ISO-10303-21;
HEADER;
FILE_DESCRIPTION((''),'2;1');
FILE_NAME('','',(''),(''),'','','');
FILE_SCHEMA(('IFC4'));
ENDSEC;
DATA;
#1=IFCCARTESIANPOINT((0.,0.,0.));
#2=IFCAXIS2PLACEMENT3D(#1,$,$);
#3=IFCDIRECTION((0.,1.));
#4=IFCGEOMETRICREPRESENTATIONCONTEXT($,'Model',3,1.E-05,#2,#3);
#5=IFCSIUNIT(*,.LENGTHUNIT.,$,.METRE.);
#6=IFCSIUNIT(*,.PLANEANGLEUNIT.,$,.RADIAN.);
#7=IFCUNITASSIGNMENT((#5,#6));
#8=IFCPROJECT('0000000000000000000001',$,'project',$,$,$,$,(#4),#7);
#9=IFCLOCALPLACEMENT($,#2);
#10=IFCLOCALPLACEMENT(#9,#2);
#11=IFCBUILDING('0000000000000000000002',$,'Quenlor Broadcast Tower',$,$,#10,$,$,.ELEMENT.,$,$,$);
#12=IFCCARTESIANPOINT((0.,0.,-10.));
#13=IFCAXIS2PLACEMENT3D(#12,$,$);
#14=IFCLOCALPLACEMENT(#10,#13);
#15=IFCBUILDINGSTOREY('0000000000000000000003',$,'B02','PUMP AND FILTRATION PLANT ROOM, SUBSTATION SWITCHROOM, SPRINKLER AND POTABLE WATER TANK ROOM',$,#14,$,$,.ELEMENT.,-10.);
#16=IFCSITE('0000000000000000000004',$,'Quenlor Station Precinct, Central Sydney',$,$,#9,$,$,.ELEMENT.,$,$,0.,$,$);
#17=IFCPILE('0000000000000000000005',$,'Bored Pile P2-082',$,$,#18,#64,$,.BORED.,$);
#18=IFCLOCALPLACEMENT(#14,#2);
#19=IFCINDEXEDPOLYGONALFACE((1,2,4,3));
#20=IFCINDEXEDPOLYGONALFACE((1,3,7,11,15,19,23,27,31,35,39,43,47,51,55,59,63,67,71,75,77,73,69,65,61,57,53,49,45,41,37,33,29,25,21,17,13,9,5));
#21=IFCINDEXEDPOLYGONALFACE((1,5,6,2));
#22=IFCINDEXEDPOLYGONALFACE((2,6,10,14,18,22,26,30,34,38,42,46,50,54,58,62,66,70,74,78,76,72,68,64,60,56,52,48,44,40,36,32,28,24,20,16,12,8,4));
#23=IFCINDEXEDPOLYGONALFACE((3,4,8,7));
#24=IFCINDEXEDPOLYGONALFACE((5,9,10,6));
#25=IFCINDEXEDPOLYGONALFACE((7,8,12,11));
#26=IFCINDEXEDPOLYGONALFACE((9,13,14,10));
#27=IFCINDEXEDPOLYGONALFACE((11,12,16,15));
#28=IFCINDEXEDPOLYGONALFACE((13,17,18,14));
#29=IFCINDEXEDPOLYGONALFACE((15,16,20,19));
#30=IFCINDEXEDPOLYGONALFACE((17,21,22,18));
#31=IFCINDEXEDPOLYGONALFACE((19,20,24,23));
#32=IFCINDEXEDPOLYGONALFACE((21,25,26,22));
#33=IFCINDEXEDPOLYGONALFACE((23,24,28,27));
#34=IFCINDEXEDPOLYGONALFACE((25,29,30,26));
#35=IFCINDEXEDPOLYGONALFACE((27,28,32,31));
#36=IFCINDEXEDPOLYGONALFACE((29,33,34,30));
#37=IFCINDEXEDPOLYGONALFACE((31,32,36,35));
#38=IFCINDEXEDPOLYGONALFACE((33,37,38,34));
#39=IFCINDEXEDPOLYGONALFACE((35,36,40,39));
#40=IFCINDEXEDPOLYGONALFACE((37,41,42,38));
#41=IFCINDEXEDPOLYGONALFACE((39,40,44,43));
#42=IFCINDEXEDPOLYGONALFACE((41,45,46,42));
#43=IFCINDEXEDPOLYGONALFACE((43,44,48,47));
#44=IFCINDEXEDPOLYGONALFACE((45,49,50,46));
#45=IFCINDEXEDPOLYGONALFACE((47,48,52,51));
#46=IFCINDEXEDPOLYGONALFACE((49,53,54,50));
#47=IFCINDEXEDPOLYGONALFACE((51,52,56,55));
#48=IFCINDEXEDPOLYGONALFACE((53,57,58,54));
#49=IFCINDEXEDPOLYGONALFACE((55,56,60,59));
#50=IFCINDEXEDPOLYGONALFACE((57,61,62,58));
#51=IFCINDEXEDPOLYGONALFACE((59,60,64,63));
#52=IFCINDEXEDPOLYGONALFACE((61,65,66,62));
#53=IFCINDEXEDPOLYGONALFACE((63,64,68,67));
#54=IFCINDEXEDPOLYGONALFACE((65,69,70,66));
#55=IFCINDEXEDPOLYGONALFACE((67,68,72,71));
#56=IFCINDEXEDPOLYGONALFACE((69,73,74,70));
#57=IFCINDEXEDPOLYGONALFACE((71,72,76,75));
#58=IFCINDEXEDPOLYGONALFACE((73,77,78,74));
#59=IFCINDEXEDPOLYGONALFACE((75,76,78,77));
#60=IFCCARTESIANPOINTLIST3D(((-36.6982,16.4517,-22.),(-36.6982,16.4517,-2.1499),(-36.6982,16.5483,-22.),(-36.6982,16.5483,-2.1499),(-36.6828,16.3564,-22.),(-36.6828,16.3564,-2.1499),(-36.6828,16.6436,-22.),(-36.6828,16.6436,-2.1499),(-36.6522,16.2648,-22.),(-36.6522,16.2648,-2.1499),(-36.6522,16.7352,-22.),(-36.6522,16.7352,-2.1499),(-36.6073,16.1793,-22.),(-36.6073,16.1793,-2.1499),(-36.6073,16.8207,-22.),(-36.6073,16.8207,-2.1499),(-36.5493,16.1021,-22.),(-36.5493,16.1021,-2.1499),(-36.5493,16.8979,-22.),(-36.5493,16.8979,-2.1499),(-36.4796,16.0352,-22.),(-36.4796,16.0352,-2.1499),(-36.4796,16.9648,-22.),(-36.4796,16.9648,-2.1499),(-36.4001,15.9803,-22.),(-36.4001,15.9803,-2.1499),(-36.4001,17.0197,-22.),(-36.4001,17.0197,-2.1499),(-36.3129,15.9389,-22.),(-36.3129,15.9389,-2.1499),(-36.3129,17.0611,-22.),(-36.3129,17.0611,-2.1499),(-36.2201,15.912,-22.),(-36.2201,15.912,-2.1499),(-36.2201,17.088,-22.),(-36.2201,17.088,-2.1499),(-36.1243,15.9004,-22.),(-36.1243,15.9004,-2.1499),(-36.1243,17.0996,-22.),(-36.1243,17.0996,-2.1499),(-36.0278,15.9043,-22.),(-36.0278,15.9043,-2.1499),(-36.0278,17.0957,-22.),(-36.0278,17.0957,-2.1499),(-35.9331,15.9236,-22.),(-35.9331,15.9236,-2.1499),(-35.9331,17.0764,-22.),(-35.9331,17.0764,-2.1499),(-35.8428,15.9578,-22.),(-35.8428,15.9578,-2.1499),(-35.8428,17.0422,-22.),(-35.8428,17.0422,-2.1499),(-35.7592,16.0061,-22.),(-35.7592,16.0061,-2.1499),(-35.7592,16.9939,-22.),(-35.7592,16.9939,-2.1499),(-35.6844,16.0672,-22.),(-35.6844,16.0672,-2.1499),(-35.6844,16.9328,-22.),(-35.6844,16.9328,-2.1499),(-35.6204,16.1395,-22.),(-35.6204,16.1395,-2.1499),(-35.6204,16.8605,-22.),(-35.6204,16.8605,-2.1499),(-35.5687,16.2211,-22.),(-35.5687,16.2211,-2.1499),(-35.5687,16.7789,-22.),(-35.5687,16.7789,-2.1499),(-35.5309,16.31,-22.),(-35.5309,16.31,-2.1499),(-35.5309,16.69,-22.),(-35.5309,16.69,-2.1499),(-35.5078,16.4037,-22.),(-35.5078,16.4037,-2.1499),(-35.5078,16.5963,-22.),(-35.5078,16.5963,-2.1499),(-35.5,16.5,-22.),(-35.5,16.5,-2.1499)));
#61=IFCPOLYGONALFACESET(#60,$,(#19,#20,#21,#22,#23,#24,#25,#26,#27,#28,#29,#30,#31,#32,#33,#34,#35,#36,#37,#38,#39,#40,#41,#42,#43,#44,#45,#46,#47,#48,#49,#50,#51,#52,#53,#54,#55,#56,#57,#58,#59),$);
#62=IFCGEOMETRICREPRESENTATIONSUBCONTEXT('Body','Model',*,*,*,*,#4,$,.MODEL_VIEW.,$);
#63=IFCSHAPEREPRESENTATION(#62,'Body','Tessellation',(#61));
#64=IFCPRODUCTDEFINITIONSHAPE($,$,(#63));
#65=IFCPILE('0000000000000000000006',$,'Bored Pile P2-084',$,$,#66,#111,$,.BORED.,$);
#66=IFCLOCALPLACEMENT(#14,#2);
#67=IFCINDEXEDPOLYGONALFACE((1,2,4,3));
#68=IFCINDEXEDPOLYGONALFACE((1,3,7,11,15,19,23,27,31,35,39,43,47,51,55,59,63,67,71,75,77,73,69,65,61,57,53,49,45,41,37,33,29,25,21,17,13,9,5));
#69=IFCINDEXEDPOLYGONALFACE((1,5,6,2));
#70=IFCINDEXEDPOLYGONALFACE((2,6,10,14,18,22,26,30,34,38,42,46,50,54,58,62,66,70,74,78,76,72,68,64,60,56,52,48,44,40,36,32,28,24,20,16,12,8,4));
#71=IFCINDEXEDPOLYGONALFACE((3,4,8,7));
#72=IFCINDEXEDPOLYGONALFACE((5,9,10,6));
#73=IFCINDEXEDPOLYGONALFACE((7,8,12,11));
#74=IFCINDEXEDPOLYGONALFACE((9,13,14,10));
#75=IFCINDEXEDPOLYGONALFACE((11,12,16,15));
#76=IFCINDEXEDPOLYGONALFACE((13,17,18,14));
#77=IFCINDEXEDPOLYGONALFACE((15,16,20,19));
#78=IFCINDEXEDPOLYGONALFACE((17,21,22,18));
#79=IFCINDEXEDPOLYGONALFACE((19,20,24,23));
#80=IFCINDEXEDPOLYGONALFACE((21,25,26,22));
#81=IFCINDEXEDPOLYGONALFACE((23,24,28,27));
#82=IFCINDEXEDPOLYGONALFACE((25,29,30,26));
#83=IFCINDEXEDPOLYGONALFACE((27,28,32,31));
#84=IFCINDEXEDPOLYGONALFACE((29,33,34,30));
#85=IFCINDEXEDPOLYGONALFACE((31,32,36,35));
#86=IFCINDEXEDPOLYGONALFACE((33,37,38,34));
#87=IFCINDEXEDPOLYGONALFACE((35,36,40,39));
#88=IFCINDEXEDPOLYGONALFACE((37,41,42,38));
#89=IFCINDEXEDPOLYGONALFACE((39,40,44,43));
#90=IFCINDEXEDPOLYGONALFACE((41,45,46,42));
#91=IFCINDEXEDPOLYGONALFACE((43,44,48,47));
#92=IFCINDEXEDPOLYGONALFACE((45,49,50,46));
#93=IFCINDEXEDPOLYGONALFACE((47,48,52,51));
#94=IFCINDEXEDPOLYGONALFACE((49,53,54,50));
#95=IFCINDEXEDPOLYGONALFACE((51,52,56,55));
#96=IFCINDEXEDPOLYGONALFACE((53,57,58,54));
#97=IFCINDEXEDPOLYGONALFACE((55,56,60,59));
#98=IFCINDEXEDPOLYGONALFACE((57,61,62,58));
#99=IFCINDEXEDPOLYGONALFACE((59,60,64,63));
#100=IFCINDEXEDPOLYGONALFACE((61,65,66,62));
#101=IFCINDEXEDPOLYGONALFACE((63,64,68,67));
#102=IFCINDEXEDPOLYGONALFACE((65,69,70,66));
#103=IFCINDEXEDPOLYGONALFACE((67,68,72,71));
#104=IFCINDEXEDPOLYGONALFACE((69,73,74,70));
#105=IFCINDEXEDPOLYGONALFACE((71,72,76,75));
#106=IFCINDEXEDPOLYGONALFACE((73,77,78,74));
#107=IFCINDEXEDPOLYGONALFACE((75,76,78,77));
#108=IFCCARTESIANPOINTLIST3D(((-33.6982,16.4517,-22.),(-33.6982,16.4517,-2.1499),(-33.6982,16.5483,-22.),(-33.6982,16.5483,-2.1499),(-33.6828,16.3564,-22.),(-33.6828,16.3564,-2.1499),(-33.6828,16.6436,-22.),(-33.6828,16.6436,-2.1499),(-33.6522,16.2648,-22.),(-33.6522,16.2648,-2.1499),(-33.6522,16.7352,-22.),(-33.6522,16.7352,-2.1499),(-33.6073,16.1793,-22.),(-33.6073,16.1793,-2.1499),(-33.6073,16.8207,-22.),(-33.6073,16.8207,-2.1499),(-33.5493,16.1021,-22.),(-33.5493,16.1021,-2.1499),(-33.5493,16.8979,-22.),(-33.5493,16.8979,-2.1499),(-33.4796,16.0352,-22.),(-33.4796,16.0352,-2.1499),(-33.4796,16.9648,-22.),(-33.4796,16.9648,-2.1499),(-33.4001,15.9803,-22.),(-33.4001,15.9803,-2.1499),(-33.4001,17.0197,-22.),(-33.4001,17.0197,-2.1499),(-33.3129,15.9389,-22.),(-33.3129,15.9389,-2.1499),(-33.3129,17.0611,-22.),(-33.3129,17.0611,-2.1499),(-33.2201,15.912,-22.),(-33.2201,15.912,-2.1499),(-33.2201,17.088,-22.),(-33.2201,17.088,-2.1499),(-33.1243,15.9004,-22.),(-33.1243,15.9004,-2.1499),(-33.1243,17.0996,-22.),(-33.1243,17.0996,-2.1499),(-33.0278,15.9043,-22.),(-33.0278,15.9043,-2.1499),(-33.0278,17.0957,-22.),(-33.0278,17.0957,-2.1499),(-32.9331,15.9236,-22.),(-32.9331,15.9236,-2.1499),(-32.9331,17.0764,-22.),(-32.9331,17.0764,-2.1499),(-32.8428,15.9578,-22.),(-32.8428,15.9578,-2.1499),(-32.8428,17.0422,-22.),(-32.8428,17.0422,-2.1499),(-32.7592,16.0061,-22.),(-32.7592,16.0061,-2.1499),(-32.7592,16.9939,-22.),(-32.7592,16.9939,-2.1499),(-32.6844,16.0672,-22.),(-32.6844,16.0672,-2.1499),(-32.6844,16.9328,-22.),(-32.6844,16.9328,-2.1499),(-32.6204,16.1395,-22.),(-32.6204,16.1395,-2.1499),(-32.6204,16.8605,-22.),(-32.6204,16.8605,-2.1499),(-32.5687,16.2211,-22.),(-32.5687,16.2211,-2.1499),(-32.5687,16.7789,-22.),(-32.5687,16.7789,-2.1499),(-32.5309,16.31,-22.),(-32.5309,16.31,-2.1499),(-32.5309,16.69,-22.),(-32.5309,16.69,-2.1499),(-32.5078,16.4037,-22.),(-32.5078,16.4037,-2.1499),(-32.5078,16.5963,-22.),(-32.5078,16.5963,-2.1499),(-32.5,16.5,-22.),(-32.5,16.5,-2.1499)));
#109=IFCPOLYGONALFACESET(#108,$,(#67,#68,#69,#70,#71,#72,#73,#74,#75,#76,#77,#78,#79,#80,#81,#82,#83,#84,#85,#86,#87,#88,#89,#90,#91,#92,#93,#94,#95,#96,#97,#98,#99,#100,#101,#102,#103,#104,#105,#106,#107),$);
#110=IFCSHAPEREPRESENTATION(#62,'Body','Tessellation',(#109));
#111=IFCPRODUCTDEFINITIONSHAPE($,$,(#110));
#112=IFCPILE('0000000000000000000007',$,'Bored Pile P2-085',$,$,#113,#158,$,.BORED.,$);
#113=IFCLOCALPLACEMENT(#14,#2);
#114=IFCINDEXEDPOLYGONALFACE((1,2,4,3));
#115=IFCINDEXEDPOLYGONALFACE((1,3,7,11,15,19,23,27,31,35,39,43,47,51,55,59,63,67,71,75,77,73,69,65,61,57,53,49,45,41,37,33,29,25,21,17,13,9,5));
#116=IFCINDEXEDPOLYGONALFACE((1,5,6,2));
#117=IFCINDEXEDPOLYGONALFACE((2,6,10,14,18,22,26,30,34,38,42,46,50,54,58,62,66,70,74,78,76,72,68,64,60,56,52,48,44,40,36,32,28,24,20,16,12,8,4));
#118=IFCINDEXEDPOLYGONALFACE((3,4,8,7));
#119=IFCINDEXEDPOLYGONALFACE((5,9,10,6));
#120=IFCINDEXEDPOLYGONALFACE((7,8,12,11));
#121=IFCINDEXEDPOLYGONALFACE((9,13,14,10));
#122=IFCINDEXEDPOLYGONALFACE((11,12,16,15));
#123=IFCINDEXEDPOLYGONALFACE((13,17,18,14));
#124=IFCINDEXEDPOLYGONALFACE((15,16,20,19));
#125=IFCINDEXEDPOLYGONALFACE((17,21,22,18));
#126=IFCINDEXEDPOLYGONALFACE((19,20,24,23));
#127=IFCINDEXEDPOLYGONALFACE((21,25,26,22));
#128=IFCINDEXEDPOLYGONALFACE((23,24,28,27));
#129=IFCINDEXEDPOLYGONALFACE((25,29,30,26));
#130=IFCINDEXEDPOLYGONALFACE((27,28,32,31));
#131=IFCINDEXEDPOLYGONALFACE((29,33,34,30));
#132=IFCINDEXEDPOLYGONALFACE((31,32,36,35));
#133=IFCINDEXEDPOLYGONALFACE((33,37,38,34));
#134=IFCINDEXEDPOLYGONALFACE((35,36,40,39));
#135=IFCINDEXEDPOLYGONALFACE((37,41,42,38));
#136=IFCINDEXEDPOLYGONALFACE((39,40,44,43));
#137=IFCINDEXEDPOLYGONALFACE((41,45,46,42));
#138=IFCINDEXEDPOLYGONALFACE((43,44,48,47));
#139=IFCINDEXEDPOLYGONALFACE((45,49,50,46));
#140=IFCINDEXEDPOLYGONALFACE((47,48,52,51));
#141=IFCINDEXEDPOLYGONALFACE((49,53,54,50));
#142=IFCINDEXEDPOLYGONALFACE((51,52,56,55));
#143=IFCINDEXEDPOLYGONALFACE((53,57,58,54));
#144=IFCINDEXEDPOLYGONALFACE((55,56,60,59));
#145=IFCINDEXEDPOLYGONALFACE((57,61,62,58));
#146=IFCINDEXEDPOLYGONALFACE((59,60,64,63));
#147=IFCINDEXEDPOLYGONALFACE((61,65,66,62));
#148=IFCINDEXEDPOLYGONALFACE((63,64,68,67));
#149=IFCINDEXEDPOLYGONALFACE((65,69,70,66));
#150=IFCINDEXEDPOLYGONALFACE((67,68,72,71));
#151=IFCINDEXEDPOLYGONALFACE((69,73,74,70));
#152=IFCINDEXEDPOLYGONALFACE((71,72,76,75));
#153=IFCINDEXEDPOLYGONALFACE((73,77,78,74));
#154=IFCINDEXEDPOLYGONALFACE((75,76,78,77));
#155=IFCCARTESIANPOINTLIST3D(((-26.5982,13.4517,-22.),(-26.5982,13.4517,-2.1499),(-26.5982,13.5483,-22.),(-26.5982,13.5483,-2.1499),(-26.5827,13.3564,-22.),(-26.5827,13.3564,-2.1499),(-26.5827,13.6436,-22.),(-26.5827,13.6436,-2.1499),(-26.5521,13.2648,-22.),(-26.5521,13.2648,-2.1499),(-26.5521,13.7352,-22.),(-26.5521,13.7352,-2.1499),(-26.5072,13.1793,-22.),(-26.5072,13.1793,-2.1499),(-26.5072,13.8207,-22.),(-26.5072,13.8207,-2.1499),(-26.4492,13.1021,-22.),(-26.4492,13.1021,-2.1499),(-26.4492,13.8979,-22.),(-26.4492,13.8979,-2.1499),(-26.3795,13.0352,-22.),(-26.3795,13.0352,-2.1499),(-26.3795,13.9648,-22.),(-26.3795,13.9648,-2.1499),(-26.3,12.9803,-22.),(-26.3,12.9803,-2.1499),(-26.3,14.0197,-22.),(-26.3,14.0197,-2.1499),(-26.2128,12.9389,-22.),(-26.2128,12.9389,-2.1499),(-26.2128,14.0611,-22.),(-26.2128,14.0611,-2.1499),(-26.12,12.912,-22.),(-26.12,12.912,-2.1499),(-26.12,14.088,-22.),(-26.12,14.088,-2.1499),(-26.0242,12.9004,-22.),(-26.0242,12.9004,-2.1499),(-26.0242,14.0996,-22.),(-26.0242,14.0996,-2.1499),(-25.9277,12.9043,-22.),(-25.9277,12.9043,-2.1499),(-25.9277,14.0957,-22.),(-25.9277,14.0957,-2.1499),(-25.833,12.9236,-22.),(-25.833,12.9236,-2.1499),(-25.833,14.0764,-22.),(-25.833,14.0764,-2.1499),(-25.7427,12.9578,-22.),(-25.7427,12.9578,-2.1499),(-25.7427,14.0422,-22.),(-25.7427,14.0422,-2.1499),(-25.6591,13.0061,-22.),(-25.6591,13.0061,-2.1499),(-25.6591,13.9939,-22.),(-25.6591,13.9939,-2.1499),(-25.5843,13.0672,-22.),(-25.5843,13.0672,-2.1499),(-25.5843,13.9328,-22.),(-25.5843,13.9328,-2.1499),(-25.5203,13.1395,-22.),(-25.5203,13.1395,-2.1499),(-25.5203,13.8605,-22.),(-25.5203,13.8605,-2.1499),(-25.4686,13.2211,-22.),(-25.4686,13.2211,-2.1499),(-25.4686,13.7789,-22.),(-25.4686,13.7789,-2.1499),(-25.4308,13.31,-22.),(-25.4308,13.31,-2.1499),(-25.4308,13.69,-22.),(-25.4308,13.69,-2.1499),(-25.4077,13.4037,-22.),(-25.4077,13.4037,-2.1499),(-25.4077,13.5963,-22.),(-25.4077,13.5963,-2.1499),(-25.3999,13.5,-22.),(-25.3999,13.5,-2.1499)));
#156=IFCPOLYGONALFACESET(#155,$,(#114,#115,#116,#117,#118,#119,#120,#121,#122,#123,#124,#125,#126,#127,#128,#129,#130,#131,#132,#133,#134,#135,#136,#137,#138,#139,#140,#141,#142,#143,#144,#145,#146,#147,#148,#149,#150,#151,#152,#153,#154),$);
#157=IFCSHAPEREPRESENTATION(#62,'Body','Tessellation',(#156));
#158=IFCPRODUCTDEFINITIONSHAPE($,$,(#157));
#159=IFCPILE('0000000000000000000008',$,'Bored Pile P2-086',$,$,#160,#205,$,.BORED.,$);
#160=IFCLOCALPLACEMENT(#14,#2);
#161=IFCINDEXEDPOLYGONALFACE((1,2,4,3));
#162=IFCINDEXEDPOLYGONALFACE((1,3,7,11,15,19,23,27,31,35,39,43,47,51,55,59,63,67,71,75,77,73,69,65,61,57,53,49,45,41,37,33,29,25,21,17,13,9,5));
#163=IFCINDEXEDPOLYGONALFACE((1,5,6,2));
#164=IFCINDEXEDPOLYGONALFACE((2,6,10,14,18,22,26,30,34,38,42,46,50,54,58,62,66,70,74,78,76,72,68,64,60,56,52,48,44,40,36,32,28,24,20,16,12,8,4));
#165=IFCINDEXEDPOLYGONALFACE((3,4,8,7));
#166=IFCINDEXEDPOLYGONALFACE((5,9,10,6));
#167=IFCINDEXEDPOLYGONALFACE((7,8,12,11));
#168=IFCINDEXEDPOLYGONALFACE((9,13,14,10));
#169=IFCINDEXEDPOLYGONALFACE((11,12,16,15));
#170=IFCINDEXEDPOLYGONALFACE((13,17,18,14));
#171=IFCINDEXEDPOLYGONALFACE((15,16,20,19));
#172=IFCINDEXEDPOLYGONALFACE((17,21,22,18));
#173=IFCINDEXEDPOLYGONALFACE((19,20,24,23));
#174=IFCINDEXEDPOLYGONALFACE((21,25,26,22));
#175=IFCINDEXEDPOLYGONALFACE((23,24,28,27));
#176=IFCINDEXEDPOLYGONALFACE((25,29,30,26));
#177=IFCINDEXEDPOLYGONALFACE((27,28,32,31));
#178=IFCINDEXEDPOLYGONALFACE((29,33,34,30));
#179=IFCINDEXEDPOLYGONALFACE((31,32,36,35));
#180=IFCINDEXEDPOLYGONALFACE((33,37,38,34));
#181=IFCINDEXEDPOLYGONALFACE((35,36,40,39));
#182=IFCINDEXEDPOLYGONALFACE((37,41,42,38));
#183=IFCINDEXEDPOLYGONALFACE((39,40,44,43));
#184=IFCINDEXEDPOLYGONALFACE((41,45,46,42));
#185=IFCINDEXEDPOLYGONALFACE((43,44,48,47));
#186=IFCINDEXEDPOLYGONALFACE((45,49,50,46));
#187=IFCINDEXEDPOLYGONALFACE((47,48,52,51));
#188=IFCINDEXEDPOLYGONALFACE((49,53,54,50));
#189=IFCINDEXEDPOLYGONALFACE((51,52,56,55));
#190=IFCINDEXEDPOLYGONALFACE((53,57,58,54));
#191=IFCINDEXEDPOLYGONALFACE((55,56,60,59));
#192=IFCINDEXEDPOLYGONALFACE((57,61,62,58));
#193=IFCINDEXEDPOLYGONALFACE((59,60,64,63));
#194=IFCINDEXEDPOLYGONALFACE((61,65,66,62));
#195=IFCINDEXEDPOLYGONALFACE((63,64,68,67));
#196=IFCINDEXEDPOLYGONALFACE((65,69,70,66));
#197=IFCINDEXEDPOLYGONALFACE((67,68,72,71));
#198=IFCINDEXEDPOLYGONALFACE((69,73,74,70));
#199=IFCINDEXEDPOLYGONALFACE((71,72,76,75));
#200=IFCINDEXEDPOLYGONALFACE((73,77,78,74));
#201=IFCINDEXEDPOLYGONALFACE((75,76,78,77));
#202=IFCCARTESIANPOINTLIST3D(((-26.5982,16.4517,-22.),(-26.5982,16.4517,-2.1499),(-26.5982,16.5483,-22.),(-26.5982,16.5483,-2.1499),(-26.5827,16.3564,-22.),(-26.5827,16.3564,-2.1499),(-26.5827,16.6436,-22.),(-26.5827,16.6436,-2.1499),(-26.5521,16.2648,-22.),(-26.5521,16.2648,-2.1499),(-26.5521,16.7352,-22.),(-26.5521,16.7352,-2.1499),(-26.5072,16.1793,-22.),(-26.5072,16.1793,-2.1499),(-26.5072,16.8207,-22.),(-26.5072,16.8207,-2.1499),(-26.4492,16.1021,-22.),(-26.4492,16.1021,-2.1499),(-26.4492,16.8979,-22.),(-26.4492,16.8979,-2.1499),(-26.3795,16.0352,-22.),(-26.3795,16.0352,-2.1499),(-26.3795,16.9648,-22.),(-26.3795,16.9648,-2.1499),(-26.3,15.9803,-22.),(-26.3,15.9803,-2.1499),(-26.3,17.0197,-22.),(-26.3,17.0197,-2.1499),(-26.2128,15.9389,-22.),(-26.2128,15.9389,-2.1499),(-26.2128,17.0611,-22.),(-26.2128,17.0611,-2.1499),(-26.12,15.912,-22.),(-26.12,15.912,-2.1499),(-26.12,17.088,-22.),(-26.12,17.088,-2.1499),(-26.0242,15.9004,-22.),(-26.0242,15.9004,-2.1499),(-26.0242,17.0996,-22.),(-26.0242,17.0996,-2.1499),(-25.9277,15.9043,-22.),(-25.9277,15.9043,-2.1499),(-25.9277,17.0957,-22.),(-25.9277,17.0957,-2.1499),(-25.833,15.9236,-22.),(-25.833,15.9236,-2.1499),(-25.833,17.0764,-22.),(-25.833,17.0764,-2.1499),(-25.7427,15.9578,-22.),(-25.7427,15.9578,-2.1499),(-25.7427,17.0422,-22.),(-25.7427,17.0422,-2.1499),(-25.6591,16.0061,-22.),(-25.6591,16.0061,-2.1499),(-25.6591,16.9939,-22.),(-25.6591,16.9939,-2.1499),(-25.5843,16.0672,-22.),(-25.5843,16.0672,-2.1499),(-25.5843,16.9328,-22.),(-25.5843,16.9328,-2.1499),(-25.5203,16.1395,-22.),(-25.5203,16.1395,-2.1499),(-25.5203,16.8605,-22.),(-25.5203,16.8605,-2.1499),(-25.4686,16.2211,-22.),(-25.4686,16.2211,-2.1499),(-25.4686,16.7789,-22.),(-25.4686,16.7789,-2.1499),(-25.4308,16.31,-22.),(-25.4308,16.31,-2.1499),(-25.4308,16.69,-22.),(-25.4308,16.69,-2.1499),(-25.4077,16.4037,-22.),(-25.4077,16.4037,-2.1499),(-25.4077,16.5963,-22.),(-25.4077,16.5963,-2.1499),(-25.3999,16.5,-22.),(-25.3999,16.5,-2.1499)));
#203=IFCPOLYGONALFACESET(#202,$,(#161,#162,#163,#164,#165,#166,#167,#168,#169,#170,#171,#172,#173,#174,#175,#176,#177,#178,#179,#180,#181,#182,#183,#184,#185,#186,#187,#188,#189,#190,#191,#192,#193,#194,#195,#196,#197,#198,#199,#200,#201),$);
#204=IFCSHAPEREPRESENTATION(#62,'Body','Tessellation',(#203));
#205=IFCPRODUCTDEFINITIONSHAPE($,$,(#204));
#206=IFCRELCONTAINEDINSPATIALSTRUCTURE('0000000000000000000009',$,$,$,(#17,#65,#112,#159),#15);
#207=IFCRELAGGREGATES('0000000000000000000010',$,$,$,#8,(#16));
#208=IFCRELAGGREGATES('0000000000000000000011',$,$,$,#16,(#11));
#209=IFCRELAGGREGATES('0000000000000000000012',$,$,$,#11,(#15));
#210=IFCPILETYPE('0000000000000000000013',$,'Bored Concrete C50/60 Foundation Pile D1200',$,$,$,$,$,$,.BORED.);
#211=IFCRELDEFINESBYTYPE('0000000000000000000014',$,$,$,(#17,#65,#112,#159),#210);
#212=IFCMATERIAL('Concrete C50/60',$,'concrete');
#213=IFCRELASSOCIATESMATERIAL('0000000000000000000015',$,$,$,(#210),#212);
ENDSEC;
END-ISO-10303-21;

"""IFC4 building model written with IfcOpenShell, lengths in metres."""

from ifc_helpers import new_model, si_unit, direction, frame, origin, origin_2d, place, context, subcontext, project, spatial, circle, extrude, material, material_profile, profile_set, type_object, element, save


model = new_model("IFC4")

# Units and contexts
model_context = context("Model", 3, precision=1e-05, world=origin(), true_north=direction((0.0, 1.0)))
body_context = subcontext(model_context, "Body", "Model", "MODEL_VIEW")
ifc_project = project(units=[si_unit("LENGTHUNIT", "METRE"), si_unit("PLANEANGLEUNIT", "RADIAN")], contexts=[model_context])

# Site, building, storey
site_placement = place(None, origin())
site = spatial("IfcSite", under=ifc_project, at=site_placement, Name="Quenlor Station Precinct, Central Sydney", CompositionType="ELEMENT", RefElevation=0.0)
building_placement = place(site_placement, origin())
building = spatial("IfcBuilding", under=site, at=building_placement, Name="Quenlor Broadcast Tower", CompositionType="ELEMENT")
storey_placement = place(building_placement, frame((0.0, 0.0, -10.0)))
storey = spatial("IfcBuildingStorey", under=building, at=storey_placement, Name="B02", Description="PUMP AND FILTRATION PLANT ROOM, SUBSTATION SWITCHROOM, SPRINKLER AND POTABLE WATER TANK ROOM", CompositionType="ELEMENT", Elevation=-10.0)

# Piles
ifc_material_1 = material(Name="Concrete C50/60", Category="concrete")
ifc_material_profile_1 = material_profile(ifc_material_1, circle(Radius=0.6001, at=origin_2d()))
ifc_profile_set_1 = profile_set([ifc_material_profile_1], Name="Concrete C50/60 PILE1200")
pile_type = type_object("IfcPileType", Name="Bored Concrete C50/60 Foundation Pile D1200", PredefinedType="BORED", material=ifc_profile_set_1)
for number, where, z_axis, x_axis, name in (
    (1, (-36.1001, 16.5, -2.1499), (0.0, 0.0, -1.0), (1.0, 0.0, 0.0), "Bored Pile P2-082"),
    (2, (-33.1001, 16.5, -2.1499), (0.0, 0.0, -1.0), (1.0, 0.0, 0.0), "Bored Pile P2-084"),
    (3, (-26.0, 13.5, -2.1499), (0.0, 0.0, -1.0), (1.0, 0.0, 0.0), "Bored Pile P2-085"),
    (4, (-26.0, 16.5, -2.1499), (0.0, 0.0, -1.0), (1.0, 0.0, 0.0), "Bored Pile P2-086"),
):
    element("IfcPile", number, at=place(storey_placement, frame(where, z_axis=z_axis, x_axis=x_axis)), inside=storey, type_object=pile_type, Name=name, PredefinedType="BORED", context=body_context, shape_type="SweptSolid", body=[
        extrude(circle(Radius=0.6001, at=origin_2d()), origin(), (0.0, 0.0, 1.0), 19.8501),
    ])

save(model, "model.ifc")
